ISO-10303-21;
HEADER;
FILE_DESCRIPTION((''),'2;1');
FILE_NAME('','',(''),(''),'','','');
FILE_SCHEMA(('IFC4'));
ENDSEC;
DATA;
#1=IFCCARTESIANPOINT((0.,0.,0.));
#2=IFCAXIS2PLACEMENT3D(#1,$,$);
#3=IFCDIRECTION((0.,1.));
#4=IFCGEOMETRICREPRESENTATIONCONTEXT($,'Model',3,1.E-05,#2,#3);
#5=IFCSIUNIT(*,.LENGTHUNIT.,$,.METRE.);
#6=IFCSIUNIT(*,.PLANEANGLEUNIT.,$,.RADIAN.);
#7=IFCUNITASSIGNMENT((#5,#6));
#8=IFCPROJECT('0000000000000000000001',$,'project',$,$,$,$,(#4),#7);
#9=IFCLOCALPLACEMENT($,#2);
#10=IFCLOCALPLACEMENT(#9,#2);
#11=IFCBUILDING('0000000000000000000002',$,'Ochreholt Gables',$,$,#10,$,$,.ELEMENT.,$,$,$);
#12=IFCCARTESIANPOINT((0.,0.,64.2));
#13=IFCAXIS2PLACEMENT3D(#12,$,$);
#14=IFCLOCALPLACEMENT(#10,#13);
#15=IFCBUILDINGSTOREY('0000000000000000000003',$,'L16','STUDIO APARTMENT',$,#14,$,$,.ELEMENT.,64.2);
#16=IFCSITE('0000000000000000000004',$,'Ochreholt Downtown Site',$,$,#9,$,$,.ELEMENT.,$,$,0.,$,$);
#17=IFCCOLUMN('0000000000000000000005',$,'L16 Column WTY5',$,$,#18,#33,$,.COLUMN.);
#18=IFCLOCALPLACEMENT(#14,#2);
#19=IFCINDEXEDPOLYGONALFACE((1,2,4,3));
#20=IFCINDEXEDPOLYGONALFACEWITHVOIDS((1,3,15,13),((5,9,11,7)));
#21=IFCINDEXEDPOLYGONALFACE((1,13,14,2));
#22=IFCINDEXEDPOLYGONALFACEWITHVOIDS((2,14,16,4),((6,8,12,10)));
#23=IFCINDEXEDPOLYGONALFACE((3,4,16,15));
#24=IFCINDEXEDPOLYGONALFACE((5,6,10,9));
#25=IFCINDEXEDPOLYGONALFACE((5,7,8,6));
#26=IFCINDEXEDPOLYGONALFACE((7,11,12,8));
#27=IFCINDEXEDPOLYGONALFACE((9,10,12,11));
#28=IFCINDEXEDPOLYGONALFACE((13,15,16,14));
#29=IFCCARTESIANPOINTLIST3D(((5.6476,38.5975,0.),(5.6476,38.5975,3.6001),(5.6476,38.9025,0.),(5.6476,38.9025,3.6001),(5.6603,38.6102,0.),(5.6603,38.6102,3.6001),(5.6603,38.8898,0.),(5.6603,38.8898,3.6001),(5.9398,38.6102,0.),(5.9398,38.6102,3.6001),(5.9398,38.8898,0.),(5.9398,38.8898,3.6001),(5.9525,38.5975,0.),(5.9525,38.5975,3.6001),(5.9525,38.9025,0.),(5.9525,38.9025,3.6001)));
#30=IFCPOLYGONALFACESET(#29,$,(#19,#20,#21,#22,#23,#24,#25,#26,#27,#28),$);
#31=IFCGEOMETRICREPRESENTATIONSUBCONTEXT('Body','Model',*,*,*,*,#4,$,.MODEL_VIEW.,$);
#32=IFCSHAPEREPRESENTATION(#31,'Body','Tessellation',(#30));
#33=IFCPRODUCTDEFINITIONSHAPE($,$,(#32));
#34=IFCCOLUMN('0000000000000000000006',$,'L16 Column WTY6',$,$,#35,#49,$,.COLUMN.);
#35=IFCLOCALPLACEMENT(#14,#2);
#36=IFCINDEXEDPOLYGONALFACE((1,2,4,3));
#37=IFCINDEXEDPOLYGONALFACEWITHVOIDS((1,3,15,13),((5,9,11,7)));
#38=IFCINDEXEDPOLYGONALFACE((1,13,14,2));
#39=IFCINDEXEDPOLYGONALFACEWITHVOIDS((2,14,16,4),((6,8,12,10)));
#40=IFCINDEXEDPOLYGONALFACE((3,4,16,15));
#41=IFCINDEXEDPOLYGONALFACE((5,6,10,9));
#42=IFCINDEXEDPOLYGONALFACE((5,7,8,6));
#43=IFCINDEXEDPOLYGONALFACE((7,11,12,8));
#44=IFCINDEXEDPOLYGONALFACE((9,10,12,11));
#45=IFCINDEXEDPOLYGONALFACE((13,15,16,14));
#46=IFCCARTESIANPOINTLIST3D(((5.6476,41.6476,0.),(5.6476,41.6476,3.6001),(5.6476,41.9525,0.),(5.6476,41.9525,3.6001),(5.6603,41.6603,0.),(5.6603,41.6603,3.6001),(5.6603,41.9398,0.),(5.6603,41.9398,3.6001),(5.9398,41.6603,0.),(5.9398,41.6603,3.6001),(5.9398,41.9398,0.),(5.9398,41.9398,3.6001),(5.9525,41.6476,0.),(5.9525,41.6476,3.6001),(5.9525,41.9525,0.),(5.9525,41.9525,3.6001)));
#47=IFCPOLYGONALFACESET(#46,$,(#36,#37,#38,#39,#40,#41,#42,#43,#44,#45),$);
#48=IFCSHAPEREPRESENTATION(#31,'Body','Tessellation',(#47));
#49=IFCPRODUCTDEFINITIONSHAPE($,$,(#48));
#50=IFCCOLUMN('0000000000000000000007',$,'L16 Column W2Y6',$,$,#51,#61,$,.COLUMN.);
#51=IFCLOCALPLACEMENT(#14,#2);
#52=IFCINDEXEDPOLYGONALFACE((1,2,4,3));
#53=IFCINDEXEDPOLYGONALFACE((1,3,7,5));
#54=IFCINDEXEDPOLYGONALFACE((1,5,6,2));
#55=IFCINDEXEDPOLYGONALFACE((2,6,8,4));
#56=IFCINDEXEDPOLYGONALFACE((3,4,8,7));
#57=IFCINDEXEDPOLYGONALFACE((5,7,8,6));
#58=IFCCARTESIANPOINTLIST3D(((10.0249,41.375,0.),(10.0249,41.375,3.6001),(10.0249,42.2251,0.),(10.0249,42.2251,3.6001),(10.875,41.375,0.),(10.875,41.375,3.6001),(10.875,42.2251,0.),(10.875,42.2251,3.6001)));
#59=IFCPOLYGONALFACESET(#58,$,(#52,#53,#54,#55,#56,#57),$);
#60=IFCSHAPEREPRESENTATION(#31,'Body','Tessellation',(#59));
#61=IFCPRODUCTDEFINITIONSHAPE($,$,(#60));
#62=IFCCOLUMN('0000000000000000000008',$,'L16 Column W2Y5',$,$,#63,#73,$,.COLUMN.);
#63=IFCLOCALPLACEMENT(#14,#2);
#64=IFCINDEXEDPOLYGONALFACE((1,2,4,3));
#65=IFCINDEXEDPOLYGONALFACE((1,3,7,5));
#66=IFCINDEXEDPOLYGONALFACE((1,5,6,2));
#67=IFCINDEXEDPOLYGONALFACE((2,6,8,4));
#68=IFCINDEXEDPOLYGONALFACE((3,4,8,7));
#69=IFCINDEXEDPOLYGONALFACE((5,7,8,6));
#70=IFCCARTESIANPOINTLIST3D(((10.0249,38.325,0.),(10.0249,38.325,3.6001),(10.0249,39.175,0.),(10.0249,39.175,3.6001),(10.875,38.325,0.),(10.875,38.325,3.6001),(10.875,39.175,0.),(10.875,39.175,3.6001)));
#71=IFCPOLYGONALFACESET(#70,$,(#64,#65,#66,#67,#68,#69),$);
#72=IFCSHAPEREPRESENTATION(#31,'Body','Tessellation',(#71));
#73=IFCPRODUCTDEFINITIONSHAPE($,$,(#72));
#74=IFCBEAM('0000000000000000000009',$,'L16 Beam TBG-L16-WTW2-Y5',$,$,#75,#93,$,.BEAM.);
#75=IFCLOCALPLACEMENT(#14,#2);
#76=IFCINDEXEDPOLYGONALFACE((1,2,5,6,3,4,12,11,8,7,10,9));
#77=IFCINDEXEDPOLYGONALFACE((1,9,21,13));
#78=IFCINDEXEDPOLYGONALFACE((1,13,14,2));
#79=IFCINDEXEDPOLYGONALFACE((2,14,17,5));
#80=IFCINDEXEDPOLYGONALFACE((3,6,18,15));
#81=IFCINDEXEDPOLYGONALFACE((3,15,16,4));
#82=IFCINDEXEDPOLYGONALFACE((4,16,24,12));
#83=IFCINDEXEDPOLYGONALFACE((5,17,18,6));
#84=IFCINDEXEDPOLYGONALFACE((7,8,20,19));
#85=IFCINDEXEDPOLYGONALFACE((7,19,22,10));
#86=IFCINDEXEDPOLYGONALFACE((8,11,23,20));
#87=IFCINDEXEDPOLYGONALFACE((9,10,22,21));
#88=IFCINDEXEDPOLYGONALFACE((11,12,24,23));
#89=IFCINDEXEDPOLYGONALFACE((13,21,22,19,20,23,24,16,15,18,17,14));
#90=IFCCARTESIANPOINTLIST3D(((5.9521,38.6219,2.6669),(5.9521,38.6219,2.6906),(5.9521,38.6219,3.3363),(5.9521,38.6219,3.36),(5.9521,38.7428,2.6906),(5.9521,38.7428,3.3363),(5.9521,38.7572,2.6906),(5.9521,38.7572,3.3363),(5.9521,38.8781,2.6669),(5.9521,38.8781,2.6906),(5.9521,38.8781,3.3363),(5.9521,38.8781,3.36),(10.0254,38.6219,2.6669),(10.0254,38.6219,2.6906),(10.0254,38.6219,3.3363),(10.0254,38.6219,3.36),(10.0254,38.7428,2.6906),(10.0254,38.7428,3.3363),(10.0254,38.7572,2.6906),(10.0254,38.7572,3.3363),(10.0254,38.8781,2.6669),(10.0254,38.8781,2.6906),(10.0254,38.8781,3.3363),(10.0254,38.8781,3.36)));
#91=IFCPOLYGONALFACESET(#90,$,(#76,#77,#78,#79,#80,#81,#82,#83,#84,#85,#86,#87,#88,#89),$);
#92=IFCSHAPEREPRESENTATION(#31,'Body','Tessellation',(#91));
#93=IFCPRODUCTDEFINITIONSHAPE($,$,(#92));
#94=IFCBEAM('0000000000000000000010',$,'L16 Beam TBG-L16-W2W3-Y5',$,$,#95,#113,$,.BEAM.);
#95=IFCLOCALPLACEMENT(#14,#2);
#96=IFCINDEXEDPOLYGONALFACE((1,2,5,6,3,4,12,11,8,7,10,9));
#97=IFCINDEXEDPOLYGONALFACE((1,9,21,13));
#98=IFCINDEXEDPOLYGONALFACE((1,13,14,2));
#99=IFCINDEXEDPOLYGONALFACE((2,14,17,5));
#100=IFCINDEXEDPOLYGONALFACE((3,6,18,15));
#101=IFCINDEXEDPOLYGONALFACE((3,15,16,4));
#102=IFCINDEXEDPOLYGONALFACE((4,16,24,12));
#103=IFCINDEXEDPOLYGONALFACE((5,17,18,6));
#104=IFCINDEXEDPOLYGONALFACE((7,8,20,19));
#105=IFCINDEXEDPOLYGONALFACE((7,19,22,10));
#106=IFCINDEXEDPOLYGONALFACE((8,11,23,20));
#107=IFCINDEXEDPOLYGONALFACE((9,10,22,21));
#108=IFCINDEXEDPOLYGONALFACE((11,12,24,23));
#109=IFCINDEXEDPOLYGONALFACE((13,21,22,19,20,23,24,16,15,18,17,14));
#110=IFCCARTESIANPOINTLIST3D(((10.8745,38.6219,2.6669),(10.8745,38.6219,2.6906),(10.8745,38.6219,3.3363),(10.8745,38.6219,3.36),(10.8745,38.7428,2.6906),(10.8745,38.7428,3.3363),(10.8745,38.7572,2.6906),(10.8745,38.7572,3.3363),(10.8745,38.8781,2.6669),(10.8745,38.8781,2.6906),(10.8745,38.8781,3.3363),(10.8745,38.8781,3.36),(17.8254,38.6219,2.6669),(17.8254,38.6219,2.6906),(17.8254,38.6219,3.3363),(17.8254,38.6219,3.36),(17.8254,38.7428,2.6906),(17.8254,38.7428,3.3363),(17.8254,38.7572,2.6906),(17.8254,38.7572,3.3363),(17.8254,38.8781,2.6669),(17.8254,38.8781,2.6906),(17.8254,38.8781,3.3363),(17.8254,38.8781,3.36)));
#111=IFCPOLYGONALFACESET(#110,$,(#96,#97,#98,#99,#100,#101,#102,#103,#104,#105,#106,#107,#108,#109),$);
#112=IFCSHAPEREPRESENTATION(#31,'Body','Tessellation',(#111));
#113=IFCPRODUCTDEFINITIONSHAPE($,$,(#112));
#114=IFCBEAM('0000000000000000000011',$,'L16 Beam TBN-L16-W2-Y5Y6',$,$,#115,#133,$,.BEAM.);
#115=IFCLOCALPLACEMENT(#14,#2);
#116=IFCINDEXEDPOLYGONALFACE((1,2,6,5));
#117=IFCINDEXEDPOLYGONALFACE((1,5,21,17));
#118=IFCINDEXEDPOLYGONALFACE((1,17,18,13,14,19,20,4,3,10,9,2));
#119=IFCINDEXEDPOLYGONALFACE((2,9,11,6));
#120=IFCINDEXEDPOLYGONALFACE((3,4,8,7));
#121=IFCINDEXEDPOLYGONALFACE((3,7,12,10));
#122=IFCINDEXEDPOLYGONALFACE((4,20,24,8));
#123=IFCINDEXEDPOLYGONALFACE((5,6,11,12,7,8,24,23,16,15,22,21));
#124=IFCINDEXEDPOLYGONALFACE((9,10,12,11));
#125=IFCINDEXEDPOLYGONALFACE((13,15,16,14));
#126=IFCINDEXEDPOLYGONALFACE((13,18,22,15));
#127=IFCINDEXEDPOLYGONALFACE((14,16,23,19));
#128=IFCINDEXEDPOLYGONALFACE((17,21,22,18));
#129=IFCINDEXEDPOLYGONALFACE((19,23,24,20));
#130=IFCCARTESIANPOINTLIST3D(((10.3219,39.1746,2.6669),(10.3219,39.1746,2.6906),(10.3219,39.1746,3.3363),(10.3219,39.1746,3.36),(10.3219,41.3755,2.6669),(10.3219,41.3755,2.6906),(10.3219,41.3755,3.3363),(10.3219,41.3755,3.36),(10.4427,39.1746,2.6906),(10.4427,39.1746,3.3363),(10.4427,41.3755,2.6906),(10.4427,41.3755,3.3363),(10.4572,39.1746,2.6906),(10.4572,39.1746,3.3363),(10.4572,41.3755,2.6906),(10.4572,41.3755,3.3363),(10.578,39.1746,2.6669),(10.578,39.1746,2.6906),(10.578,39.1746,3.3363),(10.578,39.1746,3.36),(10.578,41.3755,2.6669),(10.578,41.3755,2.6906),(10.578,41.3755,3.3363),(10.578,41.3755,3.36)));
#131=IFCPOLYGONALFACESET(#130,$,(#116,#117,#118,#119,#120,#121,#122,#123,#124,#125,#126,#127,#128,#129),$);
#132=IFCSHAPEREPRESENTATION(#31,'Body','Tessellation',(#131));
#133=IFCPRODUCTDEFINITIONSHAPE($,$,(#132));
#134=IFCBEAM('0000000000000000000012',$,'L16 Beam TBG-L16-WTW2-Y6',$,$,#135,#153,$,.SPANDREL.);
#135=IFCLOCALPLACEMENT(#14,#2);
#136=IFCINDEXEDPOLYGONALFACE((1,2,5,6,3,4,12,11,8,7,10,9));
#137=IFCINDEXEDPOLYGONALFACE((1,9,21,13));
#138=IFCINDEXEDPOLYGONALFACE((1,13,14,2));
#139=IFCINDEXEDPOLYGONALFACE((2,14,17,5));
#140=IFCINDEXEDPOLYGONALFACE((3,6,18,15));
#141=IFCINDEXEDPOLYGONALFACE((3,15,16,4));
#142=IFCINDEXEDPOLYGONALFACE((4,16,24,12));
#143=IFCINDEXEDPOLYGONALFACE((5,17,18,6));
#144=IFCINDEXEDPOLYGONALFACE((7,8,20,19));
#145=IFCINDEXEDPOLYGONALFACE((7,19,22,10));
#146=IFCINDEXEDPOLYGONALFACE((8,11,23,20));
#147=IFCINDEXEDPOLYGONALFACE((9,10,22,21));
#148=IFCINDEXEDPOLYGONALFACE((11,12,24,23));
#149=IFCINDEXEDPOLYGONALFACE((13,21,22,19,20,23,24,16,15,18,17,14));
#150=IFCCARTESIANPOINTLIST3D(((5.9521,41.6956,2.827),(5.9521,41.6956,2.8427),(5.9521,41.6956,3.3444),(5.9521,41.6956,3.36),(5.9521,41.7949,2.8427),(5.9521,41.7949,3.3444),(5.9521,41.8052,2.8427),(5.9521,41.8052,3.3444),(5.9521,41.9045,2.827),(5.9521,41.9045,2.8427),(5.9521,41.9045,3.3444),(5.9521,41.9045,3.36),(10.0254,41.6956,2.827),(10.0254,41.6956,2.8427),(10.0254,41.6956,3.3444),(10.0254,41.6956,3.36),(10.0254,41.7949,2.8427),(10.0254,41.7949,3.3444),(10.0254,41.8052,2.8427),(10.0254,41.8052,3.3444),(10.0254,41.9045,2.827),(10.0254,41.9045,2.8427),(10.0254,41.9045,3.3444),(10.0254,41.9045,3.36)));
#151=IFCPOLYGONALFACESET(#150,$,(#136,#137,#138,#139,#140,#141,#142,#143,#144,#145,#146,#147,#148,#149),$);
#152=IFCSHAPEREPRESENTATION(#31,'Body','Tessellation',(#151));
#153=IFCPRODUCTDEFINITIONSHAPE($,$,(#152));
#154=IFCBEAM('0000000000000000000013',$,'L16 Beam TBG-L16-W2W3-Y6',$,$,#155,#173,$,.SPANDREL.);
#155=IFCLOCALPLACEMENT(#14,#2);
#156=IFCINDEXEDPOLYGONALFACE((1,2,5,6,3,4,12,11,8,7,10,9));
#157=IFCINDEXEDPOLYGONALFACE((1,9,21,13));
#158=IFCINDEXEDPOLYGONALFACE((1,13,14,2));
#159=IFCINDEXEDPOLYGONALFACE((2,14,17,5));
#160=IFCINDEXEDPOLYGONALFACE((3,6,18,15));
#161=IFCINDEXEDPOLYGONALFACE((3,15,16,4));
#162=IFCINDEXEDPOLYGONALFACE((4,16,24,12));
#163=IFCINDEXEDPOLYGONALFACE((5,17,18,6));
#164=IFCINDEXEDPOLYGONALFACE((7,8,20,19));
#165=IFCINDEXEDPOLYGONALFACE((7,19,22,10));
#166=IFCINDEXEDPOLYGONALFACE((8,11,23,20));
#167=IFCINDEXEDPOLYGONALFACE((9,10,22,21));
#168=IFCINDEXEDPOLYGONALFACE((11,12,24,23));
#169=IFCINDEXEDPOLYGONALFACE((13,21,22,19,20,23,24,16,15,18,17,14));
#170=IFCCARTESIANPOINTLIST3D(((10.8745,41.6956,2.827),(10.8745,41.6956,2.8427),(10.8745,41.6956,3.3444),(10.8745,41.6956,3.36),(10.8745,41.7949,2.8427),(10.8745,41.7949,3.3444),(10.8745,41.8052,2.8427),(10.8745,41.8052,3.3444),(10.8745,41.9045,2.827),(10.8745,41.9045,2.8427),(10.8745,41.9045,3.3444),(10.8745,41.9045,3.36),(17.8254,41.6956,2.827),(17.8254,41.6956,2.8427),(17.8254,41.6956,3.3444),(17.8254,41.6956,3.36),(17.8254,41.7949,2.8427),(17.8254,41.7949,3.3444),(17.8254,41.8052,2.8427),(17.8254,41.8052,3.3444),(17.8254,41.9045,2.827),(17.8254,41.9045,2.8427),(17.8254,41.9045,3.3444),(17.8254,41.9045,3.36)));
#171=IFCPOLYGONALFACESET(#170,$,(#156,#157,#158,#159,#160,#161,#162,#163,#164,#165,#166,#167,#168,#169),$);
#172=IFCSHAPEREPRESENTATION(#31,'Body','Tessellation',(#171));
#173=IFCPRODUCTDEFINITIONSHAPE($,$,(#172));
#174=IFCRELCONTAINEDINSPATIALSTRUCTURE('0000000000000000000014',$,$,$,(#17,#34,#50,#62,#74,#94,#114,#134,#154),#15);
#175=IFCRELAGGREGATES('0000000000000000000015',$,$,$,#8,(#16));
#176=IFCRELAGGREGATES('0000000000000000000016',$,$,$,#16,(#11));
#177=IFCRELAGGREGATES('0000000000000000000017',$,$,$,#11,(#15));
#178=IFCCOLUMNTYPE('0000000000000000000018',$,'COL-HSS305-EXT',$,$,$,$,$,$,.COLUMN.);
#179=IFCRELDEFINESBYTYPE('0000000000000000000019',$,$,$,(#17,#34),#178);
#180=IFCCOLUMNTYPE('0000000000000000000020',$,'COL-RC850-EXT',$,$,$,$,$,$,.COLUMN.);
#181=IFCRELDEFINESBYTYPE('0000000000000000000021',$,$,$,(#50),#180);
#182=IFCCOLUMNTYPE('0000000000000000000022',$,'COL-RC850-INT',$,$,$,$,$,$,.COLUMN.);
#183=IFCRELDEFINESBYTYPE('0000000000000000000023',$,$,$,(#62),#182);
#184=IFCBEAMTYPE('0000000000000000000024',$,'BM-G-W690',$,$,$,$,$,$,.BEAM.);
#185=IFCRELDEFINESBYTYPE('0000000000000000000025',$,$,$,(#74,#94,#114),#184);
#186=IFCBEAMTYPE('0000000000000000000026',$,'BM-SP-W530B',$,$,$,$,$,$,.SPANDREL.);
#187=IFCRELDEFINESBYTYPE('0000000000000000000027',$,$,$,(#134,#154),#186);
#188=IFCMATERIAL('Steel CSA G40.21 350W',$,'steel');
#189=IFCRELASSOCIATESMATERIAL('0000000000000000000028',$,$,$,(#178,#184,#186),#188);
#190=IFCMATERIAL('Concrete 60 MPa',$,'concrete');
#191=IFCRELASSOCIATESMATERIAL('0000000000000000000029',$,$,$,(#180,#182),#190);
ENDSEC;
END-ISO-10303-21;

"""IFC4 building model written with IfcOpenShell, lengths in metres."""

from ifc_helpers import new_model, si_unit, direction, frame, origin, origin_2d, place, context, subcontext, project, spatial, rectangle, hollow_rectangle, i_section, extrude, material, material_profile, profile_set, type_object, element, save


model = new_model("IFC4")

# Units and contexts
model_context = context("Model", 3, precision=1e-05, world=origin(), true_north=direction((0.0, 1.0)))
body_context = subcontext(model_context, "Body", "Model", "MODEL_VIEW")
ifc_project = project(units=[si_unit("LENGTHUNIT", "METRE"), si_unit("PLANEANGLEUNIT", "RADIAN")], contexts=[model_context])

# Site, building, storey
site_placement = place(None, origin())
site = spatial("IfcSite", under=ifc_project, at=site_placement, Name="Ochreholt Downtown Site", CompositionType="ELEMENT", RefElevation=0.0)
building_placement = place(site_placement, origin())
building = spatial("IfcBuilding", under=site, at=building_placement, Name="Ochreholt Gables", CompositionType="ELEMENT")
storey_placement = place(building_placement, frame((0.0, 0.0, 64.2)))
storey = spatial("IfcBuildingStorey", under=building, at=storey_placement, Name="L16", Description="STUDIO APARTMENT", CompositionType="ELEMENT", Elevation=64.2)

# Columns
ifc_material_1 = material(Name="Steel CSA G40.21 350W", Category="steel")
ifc_material_profile_1 = material_profile(ifc_material_1, hollow_rectangle(XDim=0.3049, YDim=0.3049, WallThickness=0.0127, at=origin_2d()), Name="HSS305X305X13")
ifc_profile_set_1 = profile_set([ifc_material_profile_1], Name="Steel CSA G40.21 350W")
column_type_1 = type_object("IfcColumnType", Name="COL-HSS305-EXT", PredefinedType="COLUMN", material=ifc_profile_set_1)
for number, where, z_axis, x_axis, name in (
    (1, (5.8, 38.75, 0.0), (0.0, 0.0, 1.0), (1.0, 0.0, 0.0), "L16 Column WTY5"),
    (2, (5.8, 41.8, 0.0), (0.0, 0.0, 1.0), (1.0, 0.0, 0.0), "L16 Column WTY6"),
):
    element("IfcColumn", number, at=place(storey_placement, frame(where, z_axis=z_axis, x_axis=x_axis)), inside=storey, type_object=column_type_1, Name=name, PredefinedType="COLUMN", context=body_context, shape_type="SweptSolid", body=[
        extrude(hollow_rectangle(XDim=0.3049, YDim=0.3049, WallThickness=0.0127, at=origin_2d()), origin(), (0.0, 0.0, 1.0), 3.6001),
    ])
ifc_material_2 = material(Name="Concrete 60 MPa", Category="concrete")
ifc_material_profile_2 = material_profile(ifc_material_2, rectangle(XDim=0.8501, YDim=0.8501, at=origin_2d()), Name="RC850X850")
ifc_profile_set_2 = profile_set([ifc_material_profile_2], Name="Concrete 60 MPa")
column_type_2 = type_object("IfcColumnType", Name="COL-RC850-EXT", PredefinedType="COLUMN", material=ifc_profile_set_2)
column_1_placement = place(storey_placement, frame((10.45, 41.8, 0.0), z_axis=(0.0, 0.0, 1.0), x_axis=(1.0, 0.0, 0.0)))
element("IfcColumn", 3, at=column_1_placement, inside=storey, type_object=column_type_2, Name="L16 Column W2Y6", PredefinedType="COLUMN", context=body_context, shape_type="SweptSolid", body=[
    extrude(rectangle(XDim=0.8501, YDim=0.8501, at=origin_2d()), origin(), (0.0, 0.0, 1.0), 3.6001),
])
ifc_material_profile_3 = material_profile(ifc_material_2, rectangle(XDim=0.8501, YDim=0.8501, at=origin_2d()), Name="RC850X850")
ifc_profile_set_3 = profile_set([ifc_material_profile_3], Name="Concrete 60 MPa")
column_type_3 = type_object("IfcColumnType", Name="COL-RC850-INT", PredefinedType="COLUMN", material=ifc_profile_set_3)
column_2_placement = place(storey_placement, frame((10.45, 38.75, 0.0), z_axis=(0.0, 0.0, 1.0), x_axis=(1.0, 0.0, 0.0)))
element("IfcColumn", 4, at=column_2_placement, inside=storey, type_object=column_type_3, Name="L16 Column W2Y5", PredefinedType="COLUMN", context=body_context, shape_type="SweptSolid", body=[
    extrude(rectangle(XDim=0.8501, YDim=0.8501, at=origin_2d()), origin(), (0.0, 0.0, 1.0), 3.6001),
])

# Beams
ifc_material_profile_4 = material_profile(ifc_material_1, i_section(OverallWidth=0.2561, OverallDepth=0.6931, WebThickness=0.0144, FlangeThickness=0.0237, at=origin_2d()), Name="W690X170")
ifc_profile_set_4 = profile_set([ifc_material_profile_4], Name="Steel CSA G40.21 350W")
beam_type_1 = type_object("IfcBeamType", Name="BM-G-W690", PredefinedType="BEAM", material=ifc_profile_set_4)
beam_1_placement = place(storey_placement, frame((5.9521, 38.75, 3.0134), z_axis=(1.0, 0.0, 0.0), x_axis=(0.0, 1.0, 0.0)))
element("IfcBeam", 5, at=beam_1_placement, inside=storey, type_object=beam_type_1, Name="L16 Beam TBG-L16-WTW2-Y5", PredefinedType="BEAM", context=body_context, shape_type="SweptSolid", body=[
    extrude(i_section(OverallWidth=0.2561, OverallDepth=0.6931, WebThickness=0.0144, FlangeThickness=0.0237, at=origin_2d()), origin(), (0.0, 0.0, 1.0), 4.0732),
])
beam_2_placement = place(storey_placement, frame((10.8745, 38.75, 3.0134), z_axis=(1.0, 0.0, 0.0), x_axis=(0.0, 1.0, 0.0)))
element("IfcBeam", 6, at=beam_2_placement, inside=storey, type_object=beam_type_1, Name="L16 Beam TBG-L16-W2W3-Y5", PredefinedType="BEAM", context=body_context, shape_type="SweptSolid", body=[
    extrude(i_section(OverallWidth=0.2561, OverallDepth=0.6931, WebThickness=0.0144, FlangeThickness=0.0237, at=origin_2d()), origin(), (0.0, 0.0, 1.0), 6.9509),
])
beam_3_placement = place(storey_placement, frame((10.45, 39.1746, 3.0134), z_axis=(0.0, 1.0, 0.0), x_axis=(-1.0, 0.0, 0.0)))
element("IfcBeam", 7, at=beam_3_placement, inside=storey, type_object=beam_type_1, Name="L16 Beam TBN-L16-W2-Y5Y6", PredefinedType="BEAM", context=body_context, shape_type="SweptSolid", body=[
    extrude(i_section(OverallWidth=0.2561, OverallDepth=0.6931, WebThickness=0.0144, FlangeThickness=0.0237, at=origin_2d()), origin(), (0.0, 0.0, 1.0), 2.2009),
])
ifc_material_profile_5 = material_profile(ifc_material_1, i_section(OverallWidth=0.209, OverallDepth=0.533, WebThickness=0.0103, FlangeThickness=0.0156, at=origin_2d()), Name="W530X92")
ifc_profile_set_5 = profile_set([ifc_material_profile_5], Name="Steel CSA G40.21 350W")
beam_type_2 = type_object("IfcBeamType", Name="BM-SP-W530B", PredefinedType="SPANDREL", material=ifc_profile_set_5)
beam_4_placement = place(storey_placement, frame((5.9521, 41.8, 3.0935), z_axis=(1.0, 0.0, 0.0), x_axis=(0.0, 1.0, 0.0)))
element("IfcBeam", 8, at=beam_4_placement, inside=storey, type_object=beam_type_2, Name="L16 Beam TBG-L16-WTW2-Y6", PredefinedType="SPANDREL", context=body_context, shape_type="SweptSolid", body=[
    extrude(i_section(OverallWidth=0.209, OverallDepth=0.533, WebThickness=0.0103, FlangeThickness=0.0156, at=origin_2d()), origin(), (0.0, 0.0, 1.0), 4.0732),
])
beam_5_placement = place(storey_placement, frame((10.8745, 41.8, 3.0935), z_axis=(1.0, 0.0, 0.0), x_axis=(0.0, 1.0, 0.0)))
element("IfcBeam", 9, at=beam_5_placement, inside=storey, type_object=beam_type_2, Name="L16 Beam TBG-L16-W2W3-Y6", PredefinedType="SPANDREL", context=body_context, shape_type="SweptSolid", body=[
    extrude(i_section(OverallWidth=0.209, OverallDepth=0.533, WebThickness=0.0103, FlangeThickness=0.0156, at=origin_2d()), origin(), (0.0, 0.0, 1.0), 6.9509),
])

save(model, "model.ifc")
